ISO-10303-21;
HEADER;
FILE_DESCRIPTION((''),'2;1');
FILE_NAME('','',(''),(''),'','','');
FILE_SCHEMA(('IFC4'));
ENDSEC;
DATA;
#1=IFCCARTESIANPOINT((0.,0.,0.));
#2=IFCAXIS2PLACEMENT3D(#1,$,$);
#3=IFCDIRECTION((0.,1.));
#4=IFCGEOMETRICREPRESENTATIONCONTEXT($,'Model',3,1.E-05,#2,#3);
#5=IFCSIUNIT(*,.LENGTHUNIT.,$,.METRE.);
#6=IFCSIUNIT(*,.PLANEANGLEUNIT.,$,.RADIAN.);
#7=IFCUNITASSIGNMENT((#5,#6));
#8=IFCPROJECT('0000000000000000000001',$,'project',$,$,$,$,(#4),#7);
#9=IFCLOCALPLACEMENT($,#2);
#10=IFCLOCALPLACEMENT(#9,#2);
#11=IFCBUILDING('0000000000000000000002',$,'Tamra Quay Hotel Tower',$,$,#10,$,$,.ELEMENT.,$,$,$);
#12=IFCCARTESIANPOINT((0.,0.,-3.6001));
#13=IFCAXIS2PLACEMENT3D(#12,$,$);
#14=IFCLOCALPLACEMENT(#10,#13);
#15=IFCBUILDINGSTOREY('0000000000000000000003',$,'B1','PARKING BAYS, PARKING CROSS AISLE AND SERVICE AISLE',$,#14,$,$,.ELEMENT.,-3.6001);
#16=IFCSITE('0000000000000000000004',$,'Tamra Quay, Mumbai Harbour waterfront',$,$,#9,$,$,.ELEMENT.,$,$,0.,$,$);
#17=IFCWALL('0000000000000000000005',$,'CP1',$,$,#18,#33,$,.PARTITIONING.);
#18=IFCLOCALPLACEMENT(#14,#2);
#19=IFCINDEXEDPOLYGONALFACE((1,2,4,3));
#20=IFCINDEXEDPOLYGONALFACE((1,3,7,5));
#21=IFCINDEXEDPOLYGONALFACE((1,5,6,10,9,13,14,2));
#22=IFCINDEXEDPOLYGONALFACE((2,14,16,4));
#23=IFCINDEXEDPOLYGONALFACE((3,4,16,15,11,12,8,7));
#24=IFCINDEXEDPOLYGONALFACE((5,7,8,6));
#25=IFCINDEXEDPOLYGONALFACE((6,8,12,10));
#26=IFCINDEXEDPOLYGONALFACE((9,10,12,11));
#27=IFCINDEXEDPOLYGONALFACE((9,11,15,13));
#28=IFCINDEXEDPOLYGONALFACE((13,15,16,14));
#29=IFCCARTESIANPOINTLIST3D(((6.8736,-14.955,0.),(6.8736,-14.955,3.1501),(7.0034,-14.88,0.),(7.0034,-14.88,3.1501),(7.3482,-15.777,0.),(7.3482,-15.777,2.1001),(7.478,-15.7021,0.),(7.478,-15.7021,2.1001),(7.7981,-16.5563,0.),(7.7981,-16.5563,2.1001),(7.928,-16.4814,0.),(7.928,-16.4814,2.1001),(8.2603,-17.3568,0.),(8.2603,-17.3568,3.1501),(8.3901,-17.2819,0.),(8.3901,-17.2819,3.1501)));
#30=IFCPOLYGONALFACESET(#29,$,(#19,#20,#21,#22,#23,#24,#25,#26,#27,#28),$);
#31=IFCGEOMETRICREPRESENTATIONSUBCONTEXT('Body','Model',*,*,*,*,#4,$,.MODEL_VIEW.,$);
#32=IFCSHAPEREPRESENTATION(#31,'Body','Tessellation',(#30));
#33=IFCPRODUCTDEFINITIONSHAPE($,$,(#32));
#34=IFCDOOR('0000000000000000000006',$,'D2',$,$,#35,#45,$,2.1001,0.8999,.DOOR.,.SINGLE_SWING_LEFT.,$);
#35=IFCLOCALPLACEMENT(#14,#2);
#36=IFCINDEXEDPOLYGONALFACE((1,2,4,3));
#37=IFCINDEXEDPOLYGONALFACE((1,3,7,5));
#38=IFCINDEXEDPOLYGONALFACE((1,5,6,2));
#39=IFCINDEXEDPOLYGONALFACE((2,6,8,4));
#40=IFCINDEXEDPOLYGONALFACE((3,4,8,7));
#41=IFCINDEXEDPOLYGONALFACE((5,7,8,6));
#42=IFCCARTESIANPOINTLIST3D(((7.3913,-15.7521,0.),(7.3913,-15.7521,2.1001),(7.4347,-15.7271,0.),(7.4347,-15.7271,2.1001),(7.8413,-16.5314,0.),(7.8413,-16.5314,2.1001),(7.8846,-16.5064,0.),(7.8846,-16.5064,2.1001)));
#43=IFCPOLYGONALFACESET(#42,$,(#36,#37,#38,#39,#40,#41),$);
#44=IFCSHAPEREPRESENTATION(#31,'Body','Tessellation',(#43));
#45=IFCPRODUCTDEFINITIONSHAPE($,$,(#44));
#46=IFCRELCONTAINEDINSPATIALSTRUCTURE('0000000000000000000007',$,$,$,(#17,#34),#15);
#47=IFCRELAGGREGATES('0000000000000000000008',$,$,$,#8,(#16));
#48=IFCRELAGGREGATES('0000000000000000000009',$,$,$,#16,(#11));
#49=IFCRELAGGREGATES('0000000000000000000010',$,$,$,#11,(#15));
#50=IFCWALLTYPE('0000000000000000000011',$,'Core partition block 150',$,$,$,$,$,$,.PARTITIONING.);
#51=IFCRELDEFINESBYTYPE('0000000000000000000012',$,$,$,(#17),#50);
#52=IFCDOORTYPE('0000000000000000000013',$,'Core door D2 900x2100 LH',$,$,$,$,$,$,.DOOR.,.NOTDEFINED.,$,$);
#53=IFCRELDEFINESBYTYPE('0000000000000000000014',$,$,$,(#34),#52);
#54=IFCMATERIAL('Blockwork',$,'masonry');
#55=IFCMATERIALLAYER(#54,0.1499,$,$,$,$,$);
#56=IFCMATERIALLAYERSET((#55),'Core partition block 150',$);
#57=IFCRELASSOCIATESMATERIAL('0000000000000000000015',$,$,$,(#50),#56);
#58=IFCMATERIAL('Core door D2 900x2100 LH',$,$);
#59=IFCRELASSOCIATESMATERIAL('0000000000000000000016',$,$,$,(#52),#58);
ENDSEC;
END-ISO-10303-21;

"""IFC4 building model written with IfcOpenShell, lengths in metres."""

from ifc_helpers import new_model, si_unit, direction, frame, frame_2d, origin, place, context, subcontext, project, spatial, rectangle, extrude, material, layer, layer_set, type_object, element, fill, save


model = new_model("IFC4")

# Units and contexts
model_context = context("Model", 3, precision=1e-05, world=origin(), true_north=direction((0.0, 1.0)))
body_context = subcontext(model_context, "Body", "Model", "MODEL_VIEW")
ifc_project = project(units=[si_unit("LENGTHUNIT", "METRE"), si_unit("PLANEANGLEUNIT", "RADIAN")], contexts=[model_context])

# Site, building, storey
site_placement = place(None, origin())
site = spatial("IfcSite", under=ifc_project, at=site_placement, Name="Tamra Quay, Mumbai Harbour waterfront", CompositionType="ELEMENT", RefElevation=0.0)
building_placement = place(site_placement, origin())
building = spatial("IfcBuilding", under=site, at=building_placement, Name="Tamra Quay Hotel Tower", CompositionType="ELEMENT")
storey_placement = place(building_placement, frame((0.0, 0.0, -3.6001)))
storey = spatial("IfcBuildingStorey", under=building, at=storey_placement, Name="B1", Description="PARKING BAYS, PARKING CROSS AISLE AND SERVICE AISLE", CompositionType="ELEMENT", Elevation=-3.6001)

# Wall, opening, door
ifc_material_1 = material(Name="Blockwork", Category="masonry")
ifc_layer_1 = layer(ifc_material_1, 0.1499)
ifc_layer_set_1 = layer_set([ifc_layer_1], Name="Core partition block 150")
wall_type_1 = type_object("IfcWallType", Name="Core partition block 150", PredefinedType="PARTITIONING", material=ifc_layer_set_1)
wall_1_placement = place(storey_placement, frame((6.9385, -14.9175, 0.0), z_axis=(0.0, 0.0, 1.0), x_axis=(0.500002, -0.866024, 0.0)))
wall_1 = element("IfcWall", 1, at=wall_1_placement, inside=storey, type_object=wall_type_1, Name="CP1", PredefinedType="PARTITIONING", context=body_context, shape_type="SweptSolid", body=[
    extrude(rectangle(XDim=2.7734, YDim=0.1499, at=frame_2d((1.3867, 0.0))), origin(), (0.0, 0.0, 1.0), 3.1501),
])
opening_1_placement = place(wall_1_placement, frame((0.9492, 0.0, 0.0)))
opening_1 = element("IfcOpeningElement", 2, at=opening_1_placement, cuts=wall_1, PredefinedType="OPENING", context=body_context, shape_type="SweptSolid", body=[
    extrude(rectangle(XDim=0.8999, YDim=2.1001, at=frame_2d((0.45, 1.05))), frame((0.0, 0.085, 0.0), z_axis=(0.0, -1.0, 0.0), x_axis=(1.0, 0.0, 0.0)), (0.0, 0.0, 1.0), 0.1699),
])
ifc_material_2 = material(Name="Core door D2 900x2100 LH")
door_type_1 = type_object("IfcDoorType", Name="Core door D2 900x2100 LH", OperationType="NOTDEFINED", PredefinedType="DOOR", material=ifc_material_2)
door_1_placement = place(opening_1_placement, origin())
door_1 = element("IfcDoor", 3, at=door_1_placement, inside=storey, type_object=door_type_1, Name="D2", OperationType="SINGLE_SWING_LEFT", OverallHeight=2.1001, OverallWidth=0.8999, PredefinedType="DOOR", context=body_context, shape_type="SweptSolid", body=[
    extrude(rectangle(XDim=0.8999, YDim=2.1001, at=frame_2d((0.45, 1.05))), frame((0.0, 0.0249, 0.0), z_axis=(0.0, -1.0, 0.0), x_axis=(1.0, 0.0, 0.0)), (0.0, 0.0, 1.0), 0.05),
])
fill(opening_1, door_1)

save(model, "model.ifc")
